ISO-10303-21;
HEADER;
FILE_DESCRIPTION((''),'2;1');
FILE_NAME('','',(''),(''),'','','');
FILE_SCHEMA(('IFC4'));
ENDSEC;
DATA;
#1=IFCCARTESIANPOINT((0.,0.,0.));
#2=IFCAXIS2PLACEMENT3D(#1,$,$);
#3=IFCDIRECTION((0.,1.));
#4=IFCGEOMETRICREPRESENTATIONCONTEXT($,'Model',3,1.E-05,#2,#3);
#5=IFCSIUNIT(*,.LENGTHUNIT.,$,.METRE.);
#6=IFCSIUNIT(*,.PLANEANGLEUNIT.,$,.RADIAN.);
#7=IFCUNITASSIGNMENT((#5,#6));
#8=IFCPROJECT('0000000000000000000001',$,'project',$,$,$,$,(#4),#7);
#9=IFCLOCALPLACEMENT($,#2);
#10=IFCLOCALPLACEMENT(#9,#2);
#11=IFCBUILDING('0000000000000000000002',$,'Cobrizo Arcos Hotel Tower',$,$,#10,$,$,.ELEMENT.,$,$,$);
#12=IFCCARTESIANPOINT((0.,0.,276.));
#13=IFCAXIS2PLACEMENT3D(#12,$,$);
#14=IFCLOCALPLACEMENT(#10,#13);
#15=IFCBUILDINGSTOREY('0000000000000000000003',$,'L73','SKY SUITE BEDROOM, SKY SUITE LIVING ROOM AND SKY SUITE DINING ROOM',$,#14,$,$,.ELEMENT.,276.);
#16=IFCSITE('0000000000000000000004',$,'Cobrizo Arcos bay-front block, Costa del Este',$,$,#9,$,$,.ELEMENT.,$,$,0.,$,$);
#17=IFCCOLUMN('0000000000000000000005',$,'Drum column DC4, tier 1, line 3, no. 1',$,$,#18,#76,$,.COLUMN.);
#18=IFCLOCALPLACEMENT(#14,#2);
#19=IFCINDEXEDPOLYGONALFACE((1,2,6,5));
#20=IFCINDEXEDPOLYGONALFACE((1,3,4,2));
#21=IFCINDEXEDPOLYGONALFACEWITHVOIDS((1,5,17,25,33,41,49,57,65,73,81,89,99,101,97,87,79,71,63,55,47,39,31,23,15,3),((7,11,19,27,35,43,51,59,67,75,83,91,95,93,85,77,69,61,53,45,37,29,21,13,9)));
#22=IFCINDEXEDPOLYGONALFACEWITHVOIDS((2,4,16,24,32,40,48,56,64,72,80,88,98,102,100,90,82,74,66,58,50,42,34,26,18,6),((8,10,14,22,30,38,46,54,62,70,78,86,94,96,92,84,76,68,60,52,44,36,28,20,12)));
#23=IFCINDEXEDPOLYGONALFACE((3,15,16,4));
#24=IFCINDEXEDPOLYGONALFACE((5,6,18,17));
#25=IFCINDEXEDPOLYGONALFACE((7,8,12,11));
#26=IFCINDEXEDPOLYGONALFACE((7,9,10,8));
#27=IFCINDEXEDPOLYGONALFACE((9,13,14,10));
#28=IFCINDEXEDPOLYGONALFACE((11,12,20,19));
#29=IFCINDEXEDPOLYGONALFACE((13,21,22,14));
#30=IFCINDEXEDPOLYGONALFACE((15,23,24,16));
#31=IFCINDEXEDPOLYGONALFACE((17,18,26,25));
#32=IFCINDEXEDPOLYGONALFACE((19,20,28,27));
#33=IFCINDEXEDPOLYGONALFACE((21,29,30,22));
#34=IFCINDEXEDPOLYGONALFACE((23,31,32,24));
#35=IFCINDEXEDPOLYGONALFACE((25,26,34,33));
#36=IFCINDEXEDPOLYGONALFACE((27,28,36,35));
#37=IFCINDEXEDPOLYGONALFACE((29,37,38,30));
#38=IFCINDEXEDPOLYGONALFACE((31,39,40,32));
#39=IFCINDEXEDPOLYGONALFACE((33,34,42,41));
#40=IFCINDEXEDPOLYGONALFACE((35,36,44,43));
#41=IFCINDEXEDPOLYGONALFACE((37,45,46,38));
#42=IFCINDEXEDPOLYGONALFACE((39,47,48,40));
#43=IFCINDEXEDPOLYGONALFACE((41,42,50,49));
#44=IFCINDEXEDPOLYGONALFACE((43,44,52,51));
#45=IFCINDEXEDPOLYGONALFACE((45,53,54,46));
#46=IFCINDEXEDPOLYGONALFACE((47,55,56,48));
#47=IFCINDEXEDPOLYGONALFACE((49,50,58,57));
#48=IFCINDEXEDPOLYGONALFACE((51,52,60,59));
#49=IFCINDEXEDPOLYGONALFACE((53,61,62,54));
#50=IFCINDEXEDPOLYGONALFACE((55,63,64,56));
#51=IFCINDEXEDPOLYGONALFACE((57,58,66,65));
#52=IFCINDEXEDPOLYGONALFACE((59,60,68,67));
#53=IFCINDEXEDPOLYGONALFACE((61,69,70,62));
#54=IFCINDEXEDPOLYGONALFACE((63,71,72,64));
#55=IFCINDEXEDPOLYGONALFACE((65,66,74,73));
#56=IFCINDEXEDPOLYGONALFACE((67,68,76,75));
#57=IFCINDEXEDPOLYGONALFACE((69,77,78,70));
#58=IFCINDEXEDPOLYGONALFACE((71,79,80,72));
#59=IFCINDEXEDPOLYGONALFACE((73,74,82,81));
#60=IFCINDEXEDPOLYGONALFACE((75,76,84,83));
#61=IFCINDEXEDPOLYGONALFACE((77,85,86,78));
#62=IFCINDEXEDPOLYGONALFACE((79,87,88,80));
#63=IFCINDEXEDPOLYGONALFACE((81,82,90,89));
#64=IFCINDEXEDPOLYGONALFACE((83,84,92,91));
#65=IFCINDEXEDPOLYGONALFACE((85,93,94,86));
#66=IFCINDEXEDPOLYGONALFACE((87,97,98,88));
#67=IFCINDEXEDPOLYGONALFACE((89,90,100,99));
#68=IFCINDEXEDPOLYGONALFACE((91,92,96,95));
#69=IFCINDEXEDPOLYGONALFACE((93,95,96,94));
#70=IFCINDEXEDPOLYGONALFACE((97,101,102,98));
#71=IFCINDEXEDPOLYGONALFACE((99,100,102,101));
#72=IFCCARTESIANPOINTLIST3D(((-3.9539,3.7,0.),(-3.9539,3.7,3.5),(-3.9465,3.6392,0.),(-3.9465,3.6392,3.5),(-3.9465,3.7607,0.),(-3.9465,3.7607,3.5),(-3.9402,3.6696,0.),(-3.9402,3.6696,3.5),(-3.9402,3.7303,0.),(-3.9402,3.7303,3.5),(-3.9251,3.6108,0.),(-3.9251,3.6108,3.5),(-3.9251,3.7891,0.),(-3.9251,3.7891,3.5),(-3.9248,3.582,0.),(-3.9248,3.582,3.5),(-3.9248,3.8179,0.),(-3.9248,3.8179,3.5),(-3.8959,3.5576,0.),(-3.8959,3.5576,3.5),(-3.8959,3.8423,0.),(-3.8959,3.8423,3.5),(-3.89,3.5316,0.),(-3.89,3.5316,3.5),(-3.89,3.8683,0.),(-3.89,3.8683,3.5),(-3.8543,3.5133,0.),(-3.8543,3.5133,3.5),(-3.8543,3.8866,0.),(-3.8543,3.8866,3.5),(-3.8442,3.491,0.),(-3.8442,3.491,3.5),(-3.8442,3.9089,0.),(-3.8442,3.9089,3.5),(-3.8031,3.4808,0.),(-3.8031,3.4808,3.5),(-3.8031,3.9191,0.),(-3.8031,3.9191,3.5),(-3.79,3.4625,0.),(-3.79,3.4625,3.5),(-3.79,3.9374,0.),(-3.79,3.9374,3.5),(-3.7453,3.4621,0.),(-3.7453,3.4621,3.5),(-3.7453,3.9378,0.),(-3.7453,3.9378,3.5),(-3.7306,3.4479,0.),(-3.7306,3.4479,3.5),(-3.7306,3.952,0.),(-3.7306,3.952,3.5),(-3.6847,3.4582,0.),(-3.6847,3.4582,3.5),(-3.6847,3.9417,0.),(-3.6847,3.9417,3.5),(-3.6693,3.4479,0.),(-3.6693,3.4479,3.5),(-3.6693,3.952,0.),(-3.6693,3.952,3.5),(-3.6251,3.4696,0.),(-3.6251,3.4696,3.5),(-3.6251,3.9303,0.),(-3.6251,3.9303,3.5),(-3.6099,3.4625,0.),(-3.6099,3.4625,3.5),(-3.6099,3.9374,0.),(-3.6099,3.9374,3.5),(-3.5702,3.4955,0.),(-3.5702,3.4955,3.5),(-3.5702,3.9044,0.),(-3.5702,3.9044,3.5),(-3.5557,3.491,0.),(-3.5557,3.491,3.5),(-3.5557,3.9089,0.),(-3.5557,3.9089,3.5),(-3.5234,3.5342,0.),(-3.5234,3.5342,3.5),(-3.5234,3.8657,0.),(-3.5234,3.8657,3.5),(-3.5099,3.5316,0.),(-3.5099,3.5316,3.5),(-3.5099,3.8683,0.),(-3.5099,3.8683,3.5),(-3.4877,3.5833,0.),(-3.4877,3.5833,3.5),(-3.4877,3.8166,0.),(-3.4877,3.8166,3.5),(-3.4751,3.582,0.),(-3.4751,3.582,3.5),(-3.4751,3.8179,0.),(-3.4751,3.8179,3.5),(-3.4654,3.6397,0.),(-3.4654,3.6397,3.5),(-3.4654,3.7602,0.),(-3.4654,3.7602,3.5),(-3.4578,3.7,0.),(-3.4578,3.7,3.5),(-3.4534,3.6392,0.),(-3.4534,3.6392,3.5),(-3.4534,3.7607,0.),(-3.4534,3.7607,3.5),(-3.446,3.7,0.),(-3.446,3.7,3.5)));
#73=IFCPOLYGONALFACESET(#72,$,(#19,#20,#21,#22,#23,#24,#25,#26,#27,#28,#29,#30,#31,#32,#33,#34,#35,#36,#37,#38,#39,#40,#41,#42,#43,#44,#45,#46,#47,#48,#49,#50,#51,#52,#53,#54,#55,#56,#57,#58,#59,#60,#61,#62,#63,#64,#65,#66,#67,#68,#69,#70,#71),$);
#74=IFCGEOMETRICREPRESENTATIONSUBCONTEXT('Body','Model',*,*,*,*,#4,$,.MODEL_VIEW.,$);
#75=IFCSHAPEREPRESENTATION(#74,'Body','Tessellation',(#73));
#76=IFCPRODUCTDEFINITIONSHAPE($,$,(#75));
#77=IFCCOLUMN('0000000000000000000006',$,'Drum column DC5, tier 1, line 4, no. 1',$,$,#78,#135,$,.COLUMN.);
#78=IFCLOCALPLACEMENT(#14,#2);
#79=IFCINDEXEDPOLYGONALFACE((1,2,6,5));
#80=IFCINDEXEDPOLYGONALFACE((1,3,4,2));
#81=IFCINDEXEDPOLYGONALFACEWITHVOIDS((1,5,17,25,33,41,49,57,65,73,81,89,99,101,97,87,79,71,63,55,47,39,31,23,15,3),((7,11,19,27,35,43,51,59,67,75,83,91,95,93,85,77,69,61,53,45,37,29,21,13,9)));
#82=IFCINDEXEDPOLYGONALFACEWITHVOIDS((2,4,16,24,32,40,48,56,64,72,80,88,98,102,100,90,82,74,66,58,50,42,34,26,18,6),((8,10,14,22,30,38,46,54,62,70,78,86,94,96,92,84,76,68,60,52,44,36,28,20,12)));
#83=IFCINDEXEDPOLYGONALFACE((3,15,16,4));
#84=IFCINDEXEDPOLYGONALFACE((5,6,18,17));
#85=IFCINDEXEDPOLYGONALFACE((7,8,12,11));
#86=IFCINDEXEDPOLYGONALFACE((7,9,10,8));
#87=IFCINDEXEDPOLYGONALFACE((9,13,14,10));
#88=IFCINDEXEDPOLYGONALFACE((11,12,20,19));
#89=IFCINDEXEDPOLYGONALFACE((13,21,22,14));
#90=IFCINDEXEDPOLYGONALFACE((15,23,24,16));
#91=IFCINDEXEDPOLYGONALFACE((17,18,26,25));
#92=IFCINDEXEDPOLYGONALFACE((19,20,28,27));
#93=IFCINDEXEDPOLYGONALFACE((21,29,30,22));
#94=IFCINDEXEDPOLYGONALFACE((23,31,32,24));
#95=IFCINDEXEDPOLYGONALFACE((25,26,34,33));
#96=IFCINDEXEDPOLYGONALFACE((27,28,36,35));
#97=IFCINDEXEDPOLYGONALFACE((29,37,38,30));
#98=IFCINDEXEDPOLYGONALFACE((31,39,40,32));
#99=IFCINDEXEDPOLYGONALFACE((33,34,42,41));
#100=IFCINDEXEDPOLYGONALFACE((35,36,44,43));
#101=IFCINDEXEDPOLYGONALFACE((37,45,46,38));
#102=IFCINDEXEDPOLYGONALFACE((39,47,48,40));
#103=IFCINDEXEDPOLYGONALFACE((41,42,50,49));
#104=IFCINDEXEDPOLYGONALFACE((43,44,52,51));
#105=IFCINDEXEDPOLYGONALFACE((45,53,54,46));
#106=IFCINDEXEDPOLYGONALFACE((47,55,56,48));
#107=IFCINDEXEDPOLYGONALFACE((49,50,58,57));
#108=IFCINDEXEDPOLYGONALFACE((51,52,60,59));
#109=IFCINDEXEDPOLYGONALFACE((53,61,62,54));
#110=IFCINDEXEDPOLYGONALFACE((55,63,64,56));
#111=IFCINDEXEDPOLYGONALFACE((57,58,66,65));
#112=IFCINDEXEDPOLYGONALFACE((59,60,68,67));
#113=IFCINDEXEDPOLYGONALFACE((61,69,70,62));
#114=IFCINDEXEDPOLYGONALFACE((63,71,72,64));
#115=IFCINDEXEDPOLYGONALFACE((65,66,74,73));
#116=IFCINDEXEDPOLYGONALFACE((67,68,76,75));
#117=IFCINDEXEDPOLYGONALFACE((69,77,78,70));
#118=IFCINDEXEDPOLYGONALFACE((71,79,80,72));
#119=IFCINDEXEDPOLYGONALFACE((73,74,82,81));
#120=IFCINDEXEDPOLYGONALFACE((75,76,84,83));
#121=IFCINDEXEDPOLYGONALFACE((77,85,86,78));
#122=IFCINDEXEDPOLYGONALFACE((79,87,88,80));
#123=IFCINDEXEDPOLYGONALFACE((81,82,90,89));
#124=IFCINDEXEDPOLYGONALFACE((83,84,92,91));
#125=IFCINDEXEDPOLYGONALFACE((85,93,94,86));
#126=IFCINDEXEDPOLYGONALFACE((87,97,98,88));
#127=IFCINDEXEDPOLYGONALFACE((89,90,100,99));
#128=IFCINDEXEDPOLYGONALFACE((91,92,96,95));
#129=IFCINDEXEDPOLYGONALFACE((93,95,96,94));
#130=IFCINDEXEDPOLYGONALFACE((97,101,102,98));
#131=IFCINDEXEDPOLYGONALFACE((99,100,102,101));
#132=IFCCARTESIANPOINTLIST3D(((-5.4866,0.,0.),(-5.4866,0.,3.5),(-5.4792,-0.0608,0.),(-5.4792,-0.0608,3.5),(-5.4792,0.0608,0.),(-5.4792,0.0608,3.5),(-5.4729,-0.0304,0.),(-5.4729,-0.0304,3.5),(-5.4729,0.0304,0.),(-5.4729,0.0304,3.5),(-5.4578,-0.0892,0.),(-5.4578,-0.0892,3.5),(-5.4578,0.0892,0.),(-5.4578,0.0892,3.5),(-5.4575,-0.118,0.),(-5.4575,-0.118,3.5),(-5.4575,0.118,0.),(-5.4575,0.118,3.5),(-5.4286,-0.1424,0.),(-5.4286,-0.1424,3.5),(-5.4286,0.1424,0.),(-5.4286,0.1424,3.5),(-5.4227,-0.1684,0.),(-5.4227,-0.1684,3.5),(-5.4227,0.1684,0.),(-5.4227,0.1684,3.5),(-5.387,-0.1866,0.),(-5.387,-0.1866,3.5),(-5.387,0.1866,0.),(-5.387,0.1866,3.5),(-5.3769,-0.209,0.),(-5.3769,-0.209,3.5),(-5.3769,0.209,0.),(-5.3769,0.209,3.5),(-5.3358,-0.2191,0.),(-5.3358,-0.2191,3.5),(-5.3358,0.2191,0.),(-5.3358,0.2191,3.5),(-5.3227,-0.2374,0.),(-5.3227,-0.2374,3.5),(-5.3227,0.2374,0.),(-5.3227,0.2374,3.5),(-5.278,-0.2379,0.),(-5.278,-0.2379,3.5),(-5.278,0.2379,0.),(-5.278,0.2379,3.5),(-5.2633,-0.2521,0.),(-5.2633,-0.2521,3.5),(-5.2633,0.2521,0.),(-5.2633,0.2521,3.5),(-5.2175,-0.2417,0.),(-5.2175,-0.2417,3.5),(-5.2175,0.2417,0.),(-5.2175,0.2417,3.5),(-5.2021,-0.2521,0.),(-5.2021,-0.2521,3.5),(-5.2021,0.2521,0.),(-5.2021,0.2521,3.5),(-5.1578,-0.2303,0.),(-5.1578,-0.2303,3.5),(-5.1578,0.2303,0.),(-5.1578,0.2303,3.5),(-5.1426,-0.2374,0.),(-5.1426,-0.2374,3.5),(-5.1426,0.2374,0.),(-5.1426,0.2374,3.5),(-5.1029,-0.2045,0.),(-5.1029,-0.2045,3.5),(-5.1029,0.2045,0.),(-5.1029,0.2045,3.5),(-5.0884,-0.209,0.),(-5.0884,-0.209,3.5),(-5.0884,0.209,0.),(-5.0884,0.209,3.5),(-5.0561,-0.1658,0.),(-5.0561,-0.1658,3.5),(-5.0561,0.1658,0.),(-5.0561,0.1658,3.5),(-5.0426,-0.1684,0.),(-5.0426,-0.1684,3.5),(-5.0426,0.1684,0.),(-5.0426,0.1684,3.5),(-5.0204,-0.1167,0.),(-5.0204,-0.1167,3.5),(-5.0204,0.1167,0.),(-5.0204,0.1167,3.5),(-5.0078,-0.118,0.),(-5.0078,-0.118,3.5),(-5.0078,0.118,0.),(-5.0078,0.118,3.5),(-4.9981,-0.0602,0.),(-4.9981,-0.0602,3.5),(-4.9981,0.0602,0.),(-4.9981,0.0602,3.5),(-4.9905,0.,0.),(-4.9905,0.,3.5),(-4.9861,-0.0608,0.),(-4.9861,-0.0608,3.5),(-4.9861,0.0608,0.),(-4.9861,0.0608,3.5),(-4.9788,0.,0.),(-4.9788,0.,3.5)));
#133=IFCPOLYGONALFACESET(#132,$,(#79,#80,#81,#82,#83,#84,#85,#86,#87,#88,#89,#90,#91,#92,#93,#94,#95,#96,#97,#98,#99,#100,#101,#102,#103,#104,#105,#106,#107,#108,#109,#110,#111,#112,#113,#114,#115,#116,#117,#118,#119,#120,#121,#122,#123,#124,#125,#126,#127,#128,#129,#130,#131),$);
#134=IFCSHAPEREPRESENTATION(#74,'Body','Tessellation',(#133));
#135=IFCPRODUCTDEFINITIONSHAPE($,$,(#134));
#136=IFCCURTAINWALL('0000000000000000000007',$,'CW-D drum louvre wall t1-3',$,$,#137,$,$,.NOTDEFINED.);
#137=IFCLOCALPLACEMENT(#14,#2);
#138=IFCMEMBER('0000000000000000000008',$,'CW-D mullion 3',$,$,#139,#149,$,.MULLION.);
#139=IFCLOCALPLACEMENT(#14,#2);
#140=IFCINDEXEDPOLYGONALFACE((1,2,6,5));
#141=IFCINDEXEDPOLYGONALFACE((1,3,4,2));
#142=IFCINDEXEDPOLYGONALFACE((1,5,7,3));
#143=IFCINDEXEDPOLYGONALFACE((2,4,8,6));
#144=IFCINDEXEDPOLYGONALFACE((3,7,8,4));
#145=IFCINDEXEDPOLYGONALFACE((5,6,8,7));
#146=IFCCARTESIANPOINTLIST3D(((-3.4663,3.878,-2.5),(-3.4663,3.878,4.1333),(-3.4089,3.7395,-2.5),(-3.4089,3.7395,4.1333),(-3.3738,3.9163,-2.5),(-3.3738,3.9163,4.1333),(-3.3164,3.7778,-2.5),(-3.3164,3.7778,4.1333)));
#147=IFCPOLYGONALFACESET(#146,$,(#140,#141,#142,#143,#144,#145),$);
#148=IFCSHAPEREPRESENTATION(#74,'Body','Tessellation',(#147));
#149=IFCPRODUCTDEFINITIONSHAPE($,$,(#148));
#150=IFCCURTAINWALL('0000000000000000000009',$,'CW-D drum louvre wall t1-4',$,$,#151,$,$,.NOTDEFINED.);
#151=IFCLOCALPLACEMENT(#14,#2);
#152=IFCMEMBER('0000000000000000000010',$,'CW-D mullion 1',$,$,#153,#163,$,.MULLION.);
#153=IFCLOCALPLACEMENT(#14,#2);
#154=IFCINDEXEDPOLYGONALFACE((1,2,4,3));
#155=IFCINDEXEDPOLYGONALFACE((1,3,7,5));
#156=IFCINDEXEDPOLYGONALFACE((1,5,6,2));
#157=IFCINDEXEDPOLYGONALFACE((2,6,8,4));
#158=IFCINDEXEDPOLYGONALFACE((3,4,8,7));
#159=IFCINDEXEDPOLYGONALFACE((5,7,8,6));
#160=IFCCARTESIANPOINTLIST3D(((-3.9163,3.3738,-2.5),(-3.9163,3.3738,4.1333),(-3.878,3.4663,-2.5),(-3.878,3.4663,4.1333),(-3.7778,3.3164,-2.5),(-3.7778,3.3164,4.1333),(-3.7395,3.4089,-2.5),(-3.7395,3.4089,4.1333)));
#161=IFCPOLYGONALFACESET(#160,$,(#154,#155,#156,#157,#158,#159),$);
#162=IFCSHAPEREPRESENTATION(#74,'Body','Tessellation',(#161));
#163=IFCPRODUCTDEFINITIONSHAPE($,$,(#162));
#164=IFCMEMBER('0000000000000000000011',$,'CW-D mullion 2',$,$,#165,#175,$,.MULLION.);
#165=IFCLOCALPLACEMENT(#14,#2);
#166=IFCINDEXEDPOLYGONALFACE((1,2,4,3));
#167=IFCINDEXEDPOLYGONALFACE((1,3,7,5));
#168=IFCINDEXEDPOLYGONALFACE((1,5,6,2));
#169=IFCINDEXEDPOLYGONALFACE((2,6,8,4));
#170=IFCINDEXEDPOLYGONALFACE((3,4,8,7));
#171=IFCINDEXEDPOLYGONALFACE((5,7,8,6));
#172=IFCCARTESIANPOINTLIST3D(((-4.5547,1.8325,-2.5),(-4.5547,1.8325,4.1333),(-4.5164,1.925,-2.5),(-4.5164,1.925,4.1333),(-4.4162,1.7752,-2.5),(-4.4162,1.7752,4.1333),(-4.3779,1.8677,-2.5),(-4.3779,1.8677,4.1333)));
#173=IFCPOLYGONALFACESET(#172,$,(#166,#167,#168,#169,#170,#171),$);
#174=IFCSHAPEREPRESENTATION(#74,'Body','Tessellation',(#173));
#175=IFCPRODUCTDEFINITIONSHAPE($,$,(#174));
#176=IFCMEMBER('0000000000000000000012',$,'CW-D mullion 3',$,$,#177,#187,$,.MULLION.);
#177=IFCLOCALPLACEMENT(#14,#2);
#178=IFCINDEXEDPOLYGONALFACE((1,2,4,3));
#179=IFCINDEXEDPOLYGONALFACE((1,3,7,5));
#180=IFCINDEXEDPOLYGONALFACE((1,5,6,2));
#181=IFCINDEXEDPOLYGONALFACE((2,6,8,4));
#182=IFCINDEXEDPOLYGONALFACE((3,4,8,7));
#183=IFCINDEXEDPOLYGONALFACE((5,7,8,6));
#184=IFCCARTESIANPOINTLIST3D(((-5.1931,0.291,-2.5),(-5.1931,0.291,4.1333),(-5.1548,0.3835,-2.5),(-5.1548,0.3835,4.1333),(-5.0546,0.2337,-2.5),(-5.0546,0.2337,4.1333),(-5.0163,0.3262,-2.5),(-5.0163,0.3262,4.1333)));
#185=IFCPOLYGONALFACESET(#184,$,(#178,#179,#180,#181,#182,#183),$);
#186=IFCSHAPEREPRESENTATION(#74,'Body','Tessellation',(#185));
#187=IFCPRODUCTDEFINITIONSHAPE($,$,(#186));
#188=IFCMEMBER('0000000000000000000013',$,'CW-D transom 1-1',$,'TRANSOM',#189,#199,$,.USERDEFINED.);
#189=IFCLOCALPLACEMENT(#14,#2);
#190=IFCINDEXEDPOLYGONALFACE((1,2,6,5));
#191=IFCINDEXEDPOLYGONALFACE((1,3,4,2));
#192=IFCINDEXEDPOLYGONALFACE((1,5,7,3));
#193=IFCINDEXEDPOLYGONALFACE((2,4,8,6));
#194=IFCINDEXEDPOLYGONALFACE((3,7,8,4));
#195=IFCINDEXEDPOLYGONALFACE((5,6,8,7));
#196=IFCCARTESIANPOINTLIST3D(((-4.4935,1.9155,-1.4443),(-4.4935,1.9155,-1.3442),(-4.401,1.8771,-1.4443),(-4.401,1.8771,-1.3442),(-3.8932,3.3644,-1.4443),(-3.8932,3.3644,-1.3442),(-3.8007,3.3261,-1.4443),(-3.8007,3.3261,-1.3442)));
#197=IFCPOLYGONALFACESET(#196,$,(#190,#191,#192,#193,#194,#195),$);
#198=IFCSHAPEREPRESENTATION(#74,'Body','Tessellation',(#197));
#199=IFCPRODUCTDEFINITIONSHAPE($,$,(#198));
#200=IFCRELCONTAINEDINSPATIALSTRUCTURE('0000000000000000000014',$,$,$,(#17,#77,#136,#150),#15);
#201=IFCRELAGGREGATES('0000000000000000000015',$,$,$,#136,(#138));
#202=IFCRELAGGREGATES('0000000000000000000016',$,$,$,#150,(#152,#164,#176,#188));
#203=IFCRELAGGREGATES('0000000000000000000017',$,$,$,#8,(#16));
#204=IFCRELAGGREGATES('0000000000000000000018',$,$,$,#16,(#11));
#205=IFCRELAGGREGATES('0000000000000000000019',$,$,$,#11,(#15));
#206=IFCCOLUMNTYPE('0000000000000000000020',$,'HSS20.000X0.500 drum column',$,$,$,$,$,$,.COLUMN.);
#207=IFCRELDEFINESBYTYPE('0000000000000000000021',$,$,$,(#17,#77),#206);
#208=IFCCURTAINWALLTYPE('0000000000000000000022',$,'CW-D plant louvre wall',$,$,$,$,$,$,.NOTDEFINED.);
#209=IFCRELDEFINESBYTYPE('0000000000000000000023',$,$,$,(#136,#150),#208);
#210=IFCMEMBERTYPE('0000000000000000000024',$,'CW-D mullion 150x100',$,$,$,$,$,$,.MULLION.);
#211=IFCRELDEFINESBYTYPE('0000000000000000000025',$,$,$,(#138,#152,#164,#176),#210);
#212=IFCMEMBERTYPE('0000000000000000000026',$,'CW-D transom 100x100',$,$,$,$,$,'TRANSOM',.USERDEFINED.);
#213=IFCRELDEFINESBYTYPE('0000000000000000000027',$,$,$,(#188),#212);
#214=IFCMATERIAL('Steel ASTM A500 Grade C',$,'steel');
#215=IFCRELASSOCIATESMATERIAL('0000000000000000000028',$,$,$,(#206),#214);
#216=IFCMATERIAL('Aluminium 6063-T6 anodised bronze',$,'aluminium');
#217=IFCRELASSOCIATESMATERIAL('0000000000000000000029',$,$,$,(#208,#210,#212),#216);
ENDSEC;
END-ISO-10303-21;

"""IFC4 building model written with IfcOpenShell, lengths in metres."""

from ifc_helpers import new_model, si_unit, direction, frame, origin, origin_2d, place, context, subcontext, project, spatial, rectangle, hollow_circle, extrude, material, material_profile, profile_set, type_object, element, aggregate, save


model = new_model("IFC4")

# Units and contexts
model_context = context("Model", 3, precision=1e-05, world=origin(), true_north=direction((0.0, 1.0)))
body_context = subcontext(model_context, "Body", "Model", "MODEL_VIEW")
ifc_project = project(units=[si_unit("LENGTHUNIT", "METRE"), si_unit("PLANEANGLEUNIT", "RADIAN")], contexts=[model_context])

# Site, building, storey
site_placement = place(None, origin())
site = spatial("IfcSite", under=ifc_project, at=site_placement, Name="Cobrizo Arcos bay-front block, Costa del Este", CompositionType="ELEMENT", RefElevation=0.0)
building_placement = place(site_placement, origin())
building = spatial("IfcBuilding", under=site, at=building_placement, Name="Cobrizo Arcos Hotel Tower", CompositionType="ELEMENT")
storey_placement = place(building_placement, frame((0.0, 0.0, 276.0)))
storey = spatial("IfcBuildingStorey", under=building, at=storey_placement, Name="L73", Description="SKY SUITE BEDROOM, SKY SUITE LIVING ROOM AND SKY SUITE DINING ROOM", CompositionType="ELEMENT", Elevation=276.0)

# Columns
ifc_material_1 = material(Name="Steel ASTM A500 Grade C", Category="steel")
ifc_material_profile_1 = material_profile(ifc_material_1, hollow_circle(Radius=0.2539, WallThickness=0.0117, at=origin_2d()), Name="HSS20.000X0.500")
ifc_profile_set_1 = profile_set([ifc_material_profile_1], Name="Steel ASTM A500 Grade C")
column_type = type_object("IfcColumnType", Name="HSS20.000X0.500 drum column", PredefinedType="COLUMN", material=ifc_profile_set_1)
for number, where, z_axis, x_axis, name in (
    (1, (-3.7, 3.7, 0.0), (0.0, 0.0, 1.0), (1.0, 0.0, 0.0), "Drum column DC4, tier 1, line 3, no. 1"),
    (2, (-5.2327, 0.0, 0.0), (0.0, 0.0, 1.0), (1.0, 0.0, 0.0), "Drum column DC5, tier 1, line 4, no. 1"),
):
    element("IfcColumn", number, at=place(storey_placement, frame(where, z_axis=z_axis, x_axis=x_axis)), inside=storey, type_object=column_type, Name=name, PredefinedType="COLUMN", context=body_context, shape_type="SweptSolid", body=[
        extrude(hollow_circle(Radius=0.2539, WallThickness=0.0117, at=origin_2d()), origin(), (0.0, 0.0, 1.0), 3.5),
    ])

# Curtain wall, member
ifc_material_2 = material(Name="Aluminium 6063-T6 anodised bronze", Category="aluminium")
curtain_wall_type = type_object("IfcCurtainWallType", Name="CW-D plant louvre wall", PredefinedType="NOTDEFINED", material=ifc_material_2)
curtain_wall_1_placement = place(storey_placement, origin())
curtain_wall_1 = element("IfcCurtainWall", 3, at=curtain_wall_1_placement, inside=storey, type_object=curtain_wall_type, Name="CW-D drum louvre wall t1-3", PredefinedType="NOTDEFINED")
ifc_material_profile_2 = material_profile(ifc_material_2, rectangle(XDim=0.1499, YDim=0.1001, at=origin_2d()), Name="CW-D mullion 150x100")
ifc_profile_set_2 = profile_set([ifc_material_profile_2], Name="Aluminium 6063-T6 anodised bronze")
member_type_1 = type_object("IfcMemberType", Name="CW-D mullion 150x100", PredefinedType="MULLION", material=ifc_profile_set_2)
member_1_placement = place(storey_placement, frame((-3.3914, 3.8279, -2.5), z_axis=(0.0, 0.0, 1.0), x_axis=(-0.382683, 0.92388, 0.0)))
member_1 = element("IfcMember", 4, at=member_1_placement, type_object=member_type_1, Name="CW-D mullion 3", PredefinedType="MULLION", context=body_context, shape_type="SweptSolid", body=[
    extrude(rectangle(XDim=0.1499, YDim=0.1001, at=origin_2d()), origin(), (0.0, 0.0, 1.0), 6.6333),
])

# Curtain wall, members
curtain_wall_2_placement = place(storey_placement, origin())
curtain_wall_2 = element("IfcCurtainWall", 5, at=curtain_wall_2_placement, inside=storey, type_object=curtain_wall_type, Name="CW-D drum louvre wall t1-4", PredefinedType="NOTDEFINED")
member_2_placement = place(storey_placement, frame((-3.8279, 3.3914, -2.5), z_axis=(0.0, 0.0, 1.0), x_axis=(-0.92388, 0.382683, 0.0)))
member_2 = element("IfcMember", 6, at=member_2_placement, type_object=member_type_1, Name="CW-D mullion 1", PredefinedType="MULLION", context=body_context, shape_type="SweptSolid", body=[
    extrude(rectangle(XDim=0.1499, YDim=0.1001, at=origin_2d()), origin(), (0.0, 0.0, 1.0), 6.6333),
])
member_3_placement = place(storey_placement, frame((-4.4663, 1.8501, -2.5), z_axis=(0.0, 0.0, 1.0), x_axis=(-0.92388, 0.382683, 0.0)))
member_3 = element("IfcMember", 7, at=member_3_placement, type_object=member_type_1, Name="CW-D mullion 2", PredefinedType="MULLION", context=body_context, shape_type="SweptSolid", body=[
    extrude(rectangle(XDim=0.1499, YDim=0.1001, at=origin_2d()), origin(), (0.0, 0.0, 1.0), 6.6333),
])
member_4_placement = place(storey_placement, frame((-5.1047, 0.3086, -2.5), z_axis=(0.0, 0.0, 1.0), x_axis=(-0.92388, 0.382683, 0.0)))
member_4 = element("IfcMember", 8, at=member_4_placement, type_object=member_type_1, Name="CW-D mullion 3", PredefinedType="MULLION", context=body_context, shape_type="SweptSolid", body=[
    extrude(rectangle(XDim=0.1499, YDim=0.1001, at=origin_2d()), origin(), (0.0, 0.0, 1.0), 6.6333),
])
ifc_material_profile_3 = material_profile(ifc_material_2, rectangle(XDim=0.1001, YDim=0.1001, at=origin_2d()), Name="CW-D transom 100x100")
ifc_profile_set_3 = profile_set([ifc_material_profile_3], Name="Aluminium 6063-T6 anodised bronze")
member_type_2 = type_object("IfcMemberType", Name="CW-D transom 100x100", ElementType="TRANSOM", PredefinedType="USERDEFINED", material=ifc_profile_set_3)
member_5_placement = place(storey_placement, frame((-3.8469, 3.3452, -1.3943), z_axis=(-0.382769, -0.923844, 0.0), x_axis=(0.923844, -0.382769, 0.0)))
member_5 = element("IfcMember", 9, at=member_5_placement, type_object=member_type_2, Name="CW-D transom 1-1", ObjectType="TRANSOM", PredefinedType="USERDEFINED", context=body_context, shape_type="SweptSolid", body=[
    extrude(rectangle(XDim=0.1001, YDim=0.1001, at=origin_2d()), origin(), (0.0, 0.0, 1.0), 1.5684),
])

aggregate(curtain_wall_1, [member_1])
aggregate(curtain_wall_2, [member_2, member_3, member_4, member_5])

save(model, "model.ifc")
